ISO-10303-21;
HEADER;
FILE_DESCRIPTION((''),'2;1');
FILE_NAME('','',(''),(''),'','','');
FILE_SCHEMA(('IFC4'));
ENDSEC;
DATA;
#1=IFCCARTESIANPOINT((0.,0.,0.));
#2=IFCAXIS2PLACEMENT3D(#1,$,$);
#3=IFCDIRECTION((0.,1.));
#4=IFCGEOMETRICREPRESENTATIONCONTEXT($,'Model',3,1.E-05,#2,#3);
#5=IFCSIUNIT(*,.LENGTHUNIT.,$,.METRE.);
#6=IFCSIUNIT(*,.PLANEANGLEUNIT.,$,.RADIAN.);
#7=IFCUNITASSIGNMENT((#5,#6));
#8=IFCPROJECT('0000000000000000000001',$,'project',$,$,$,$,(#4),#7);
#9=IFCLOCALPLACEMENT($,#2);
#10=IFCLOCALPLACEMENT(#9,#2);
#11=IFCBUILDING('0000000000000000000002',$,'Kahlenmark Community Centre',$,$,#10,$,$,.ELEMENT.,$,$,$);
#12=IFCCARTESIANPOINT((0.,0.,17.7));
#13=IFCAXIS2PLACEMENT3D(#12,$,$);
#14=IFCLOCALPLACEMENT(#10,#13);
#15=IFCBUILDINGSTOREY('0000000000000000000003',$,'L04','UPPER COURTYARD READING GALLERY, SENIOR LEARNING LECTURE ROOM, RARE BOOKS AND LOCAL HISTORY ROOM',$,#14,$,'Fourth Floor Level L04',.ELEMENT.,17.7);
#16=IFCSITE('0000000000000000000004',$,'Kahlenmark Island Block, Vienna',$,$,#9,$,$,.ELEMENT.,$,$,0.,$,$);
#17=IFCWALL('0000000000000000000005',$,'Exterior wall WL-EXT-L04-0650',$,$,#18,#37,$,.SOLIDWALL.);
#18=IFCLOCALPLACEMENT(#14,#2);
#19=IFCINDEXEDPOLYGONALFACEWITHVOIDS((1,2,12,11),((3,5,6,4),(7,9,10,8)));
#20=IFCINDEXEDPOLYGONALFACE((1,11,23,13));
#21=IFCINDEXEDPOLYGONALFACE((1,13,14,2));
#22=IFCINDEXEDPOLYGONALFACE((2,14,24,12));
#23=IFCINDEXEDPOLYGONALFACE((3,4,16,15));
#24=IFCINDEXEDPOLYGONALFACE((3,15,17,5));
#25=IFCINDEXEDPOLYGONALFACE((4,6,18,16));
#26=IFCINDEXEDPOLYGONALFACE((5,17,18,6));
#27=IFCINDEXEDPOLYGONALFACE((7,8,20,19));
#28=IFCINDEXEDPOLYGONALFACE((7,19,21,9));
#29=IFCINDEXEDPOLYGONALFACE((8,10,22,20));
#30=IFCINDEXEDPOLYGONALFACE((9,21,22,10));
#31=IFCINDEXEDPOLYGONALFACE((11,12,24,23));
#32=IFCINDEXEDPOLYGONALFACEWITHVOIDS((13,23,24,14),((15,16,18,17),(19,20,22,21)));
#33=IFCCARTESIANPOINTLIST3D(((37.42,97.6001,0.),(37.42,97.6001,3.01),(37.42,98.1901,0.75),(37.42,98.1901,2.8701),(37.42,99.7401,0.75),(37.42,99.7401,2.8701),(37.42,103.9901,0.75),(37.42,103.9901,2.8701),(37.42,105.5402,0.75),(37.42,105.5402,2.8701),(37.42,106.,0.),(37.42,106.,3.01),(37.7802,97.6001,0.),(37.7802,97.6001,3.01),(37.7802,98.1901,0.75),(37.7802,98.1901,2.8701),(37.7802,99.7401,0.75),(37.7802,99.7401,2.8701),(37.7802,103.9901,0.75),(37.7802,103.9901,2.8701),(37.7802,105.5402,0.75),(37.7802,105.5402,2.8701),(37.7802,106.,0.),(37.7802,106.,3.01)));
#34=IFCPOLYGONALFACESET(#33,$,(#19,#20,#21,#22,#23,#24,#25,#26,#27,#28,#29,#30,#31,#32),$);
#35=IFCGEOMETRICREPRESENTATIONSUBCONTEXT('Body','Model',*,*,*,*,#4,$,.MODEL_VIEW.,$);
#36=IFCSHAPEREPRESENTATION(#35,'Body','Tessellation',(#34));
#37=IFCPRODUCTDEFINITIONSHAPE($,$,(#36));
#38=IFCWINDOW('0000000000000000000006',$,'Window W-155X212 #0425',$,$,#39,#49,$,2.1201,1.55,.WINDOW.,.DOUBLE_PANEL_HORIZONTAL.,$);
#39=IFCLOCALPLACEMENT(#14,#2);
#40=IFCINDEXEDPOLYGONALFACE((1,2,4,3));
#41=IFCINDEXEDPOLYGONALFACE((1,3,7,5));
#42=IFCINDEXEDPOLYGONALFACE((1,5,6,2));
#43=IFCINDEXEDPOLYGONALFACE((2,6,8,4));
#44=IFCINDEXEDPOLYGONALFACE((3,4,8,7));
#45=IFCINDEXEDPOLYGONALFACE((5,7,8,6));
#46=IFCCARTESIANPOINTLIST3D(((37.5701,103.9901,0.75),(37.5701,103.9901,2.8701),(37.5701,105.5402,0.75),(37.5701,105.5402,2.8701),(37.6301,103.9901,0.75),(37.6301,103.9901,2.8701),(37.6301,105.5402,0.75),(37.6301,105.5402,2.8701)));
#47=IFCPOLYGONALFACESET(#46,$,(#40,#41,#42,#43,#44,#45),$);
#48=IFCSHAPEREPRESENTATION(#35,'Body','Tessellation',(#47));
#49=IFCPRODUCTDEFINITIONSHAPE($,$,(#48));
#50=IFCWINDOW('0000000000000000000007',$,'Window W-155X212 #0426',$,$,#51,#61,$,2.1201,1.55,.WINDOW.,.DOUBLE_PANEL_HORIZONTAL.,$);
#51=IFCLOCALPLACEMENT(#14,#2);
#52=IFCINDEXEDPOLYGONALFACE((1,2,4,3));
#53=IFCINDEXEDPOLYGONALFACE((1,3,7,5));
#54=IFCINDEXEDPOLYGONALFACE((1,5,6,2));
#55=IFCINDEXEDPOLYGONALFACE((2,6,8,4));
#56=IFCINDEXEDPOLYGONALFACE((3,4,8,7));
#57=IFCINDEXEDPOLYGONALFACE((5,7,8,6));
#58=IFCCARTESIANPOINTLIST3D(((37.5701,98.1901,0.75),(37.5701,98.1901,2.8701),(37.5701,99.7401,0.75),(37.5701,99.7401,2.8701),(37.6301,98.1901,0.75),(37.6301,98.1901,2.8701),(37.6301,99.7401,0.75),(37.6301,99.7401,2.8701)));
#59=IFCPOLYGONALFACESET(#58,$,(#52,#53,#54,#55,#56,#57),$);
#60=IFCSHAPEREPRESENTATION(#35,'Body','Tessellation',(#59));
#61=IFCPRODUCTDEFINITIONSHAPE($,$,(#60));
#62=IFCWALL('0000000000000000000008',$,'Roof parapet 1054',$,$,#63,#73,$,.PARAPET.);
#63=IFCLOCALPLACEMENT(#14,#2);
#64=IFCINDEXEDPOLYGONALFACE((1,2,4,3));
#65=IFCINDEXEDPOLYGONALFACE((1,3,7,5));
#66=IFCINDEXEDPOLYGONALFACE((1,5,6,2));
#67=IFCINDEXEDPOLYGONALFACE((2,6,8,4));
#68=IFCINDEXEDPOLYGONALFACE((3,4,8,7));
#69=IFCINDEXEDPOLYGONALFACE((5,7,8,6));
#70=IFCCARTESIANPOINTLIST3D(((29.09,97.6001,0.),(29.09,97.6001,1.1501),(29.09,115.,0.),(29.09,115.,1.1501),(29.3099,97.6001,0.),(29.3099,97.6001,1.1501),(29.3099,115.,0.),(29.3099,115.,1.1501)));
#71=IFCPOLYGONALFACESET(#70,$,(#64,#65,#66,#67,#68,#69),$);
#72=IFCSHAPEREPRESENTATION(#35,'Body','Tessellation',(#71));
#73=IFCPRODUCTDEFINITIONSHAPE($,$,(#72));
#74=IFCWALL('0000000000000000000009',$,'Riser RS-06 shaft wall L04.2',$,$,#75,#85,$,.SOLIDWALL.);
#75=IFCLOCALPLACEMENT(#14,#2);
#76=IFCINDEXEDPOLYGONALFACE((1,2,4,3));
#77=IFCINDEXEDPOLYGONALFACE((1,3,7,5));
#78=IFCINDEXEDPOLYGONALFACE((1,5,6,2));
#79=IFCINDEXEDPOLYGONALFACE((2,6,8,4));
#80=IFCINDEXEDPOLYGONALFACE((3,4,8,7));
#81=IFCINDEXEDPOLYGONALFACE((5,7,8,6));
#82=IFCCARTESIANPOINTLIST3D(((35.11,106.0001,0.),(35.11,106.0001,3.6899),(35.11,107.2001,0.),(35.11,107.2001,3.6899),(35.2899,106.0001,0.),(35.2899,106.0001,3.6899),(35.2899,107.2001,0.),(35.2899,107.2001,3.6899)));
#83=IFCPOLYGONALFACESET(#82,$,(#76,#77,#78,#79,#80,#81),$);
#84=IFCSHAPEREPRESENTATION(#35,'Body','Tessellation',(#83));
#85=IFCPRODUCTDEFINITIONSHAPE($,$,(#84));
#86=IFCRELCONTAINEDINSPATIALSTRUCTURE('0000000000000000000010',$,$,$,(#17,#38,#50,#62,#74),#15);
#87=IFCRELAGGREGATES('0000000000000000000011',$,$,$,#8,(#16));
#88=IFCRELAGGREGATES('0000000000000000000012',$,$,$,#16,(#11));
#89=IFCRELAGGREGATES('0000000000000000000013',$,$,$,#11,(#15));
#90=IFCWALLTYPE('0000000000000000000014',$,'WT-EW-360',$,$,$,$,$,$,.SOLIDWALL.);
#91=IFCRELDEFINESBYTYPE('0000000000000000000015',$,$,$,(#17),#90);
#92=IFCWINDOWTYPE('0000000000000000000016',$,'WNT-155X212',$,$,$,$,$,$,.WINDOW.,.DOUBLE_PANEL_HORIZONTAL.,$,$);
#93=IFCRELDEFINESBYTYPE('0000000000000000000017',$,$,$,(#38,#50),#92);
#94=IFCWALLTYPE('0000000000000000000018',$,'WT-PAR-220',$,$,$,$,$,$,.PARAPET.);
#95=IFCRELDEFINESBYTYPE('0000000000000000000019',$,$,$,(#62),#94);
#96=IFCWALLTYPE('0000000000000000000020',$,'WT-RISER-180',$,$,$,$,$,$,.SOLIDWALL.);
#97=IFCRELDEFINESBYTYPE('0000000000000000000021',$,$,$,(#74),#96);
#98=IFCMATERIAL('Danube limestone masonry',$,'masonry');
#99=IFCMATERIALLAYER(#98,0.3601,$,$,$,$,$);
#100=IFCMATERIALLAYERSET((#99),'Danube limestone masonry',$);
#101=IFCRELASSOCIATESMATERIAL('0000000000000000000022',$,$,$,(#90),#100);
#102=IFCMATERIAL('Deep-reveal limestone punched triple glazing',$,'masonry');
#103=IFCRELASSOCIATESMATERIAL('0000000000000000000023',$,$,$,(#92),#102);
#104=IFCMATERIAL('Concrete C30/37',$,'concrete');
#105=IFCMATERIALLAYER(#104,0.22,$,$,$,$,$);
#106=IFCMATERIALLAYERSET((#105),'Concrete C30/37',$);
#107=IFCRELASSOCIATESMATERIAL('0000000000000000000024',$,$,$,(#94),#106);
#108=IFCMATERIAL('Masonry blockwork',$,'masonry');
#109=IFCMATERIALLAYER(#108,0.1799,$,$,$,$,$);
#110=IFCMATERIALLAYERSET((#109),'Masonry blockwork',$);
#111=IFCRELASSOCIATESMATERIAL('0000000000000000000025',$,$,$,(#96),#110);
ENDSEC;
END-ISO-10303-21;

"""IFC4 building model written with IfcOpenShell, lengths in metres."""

from ifc_helpers import new_model, si_unit, direction, frame, frame_2d, origin, place, context, subcontext, project, spatial, rectangle, extrude, material, layer, layer_set, type_object, element, fill, save


model = new_model("IFC4")

# Units and contexts
model_context = context("Model", 3, precision=1e-05, world=origin(), true_north=direction((0.0, 1.0)))
body_context = subcontext(model_context, "Body", "Model", "MODEL_VIEW")
ifc_project = project(units=[si_unit("LENGTHUNIT", "METRE"), si_unit("PLANEANGLEUNIT", "RADIAN")], contexts=[model_context])

# Site, building, storey
site_placement = place(None, origin())
site = spatial("IfcSite", under=ifc_project, at=site_placement, Name="Kahlenmark Island Block, Vienna", CompositionType="ELEMENT", RefElevation=0.0)
building_placement = place(site_placement, origin())
building = spatial("IfcBuilding", under=site, at=building_placement, Name="Kahlenmark Community Centre", CompositionType="ELEMENT")
storey_placement = place(building_placement, frame((0.0, 0.0, 17.7)))
storey = spatial("IfcBuildingStorey", under=building, at=storey_placement, Name="L04", Description="UPPER COURTYARD READING GALLERY, SENIOR LEARNING LECTURE ROOM, RARE BOOKS AND LOCAL HISTORY ROOM", LongName="Fourth Floor Level L04", CompositionType="ELEMENT", Elevation=17.7)

# Wall, openings, windows
ifc_material_1 = material(Name="Danube limestone masonry", Category="masonry")
ifc_layer_1 = layer(ifc_material_1, 0.3601)
ifc_layer_set_1 = layer_set([ifc_layer_1], Name="Danube limestone masonry")
wall_type_1 = type_object("IfcWallType", Name="WT-EW-360", PredefinedType="SOLIDWALL", material=ifc_layer_set_1)
wall_1_placement = place(storey_placement, frame((37.6001, 106.0, 0.0), z_axis=(0.0, 0.0, 1.0), x_axis=(0.0, -1.0, 0.0)))
wall_1 = element("IfcWall", 1, at=wall_1_placement, inside=storey, type_object=wall_type_1, Name="Exterior wall WL-EXT-L04-0650", PredefinedType="SOLIDWALL", context=body_context, shape_type="SweptSolid", body=[
    extrude(rectangle(XDim=8.3999, YDim=0.3601, at=frame_2d((4.2, 0.0))), origin(), (0.0, 0.0, 1.0), 3.01),
])
opening_1_placement = place(wall_1_placement, frame((0.46, 0.0, 0.75)))
opening_1 = element("IfcOpeningElement", 2, at=opening_1_placement, cuts=wall_1, PredefinedType="OPENING", context=body_context, shape_type="SweptSolid", body=[
    extrude(rectangle(XDim=1.55, YDim=2.1201, at=frame_2d((0.7749, 1.0601))), frame((0.0, 0.1899, 0.0), z_axis=(0.0, -1.0, 0.0), x_axis=(1.0, 0.0, 0.0)), (0.0, 0.0, 1.0), 0.3801),
])
opening_2_placement = place(wall_1_placement, frame((6.26, 0.0, 0.75)))
opening_2 = element("IfcOpeningElement", 3, at=opening_2_placement, cuts=wall_1, PredefinedType="OPENING", context=body_context, shape_type="SweptSolid", body=[
    extrude(rectangle(XDim=1.55, YDim=2.1201, at=frame_2d((0.7749, 1.0601))), frame((0.0, 0.1899, 0.0), z_axis=(0.0, -1.0, 0.0), x_axis=(1.0, 0.0, 0.0)), (0.0, 0.0, 1.0), 0.3801),
])
ifc_material_2 = material(Name="Deep-reveal limestone punched triple glazing", Category="masonry")
window_type = type_object("IfcWindowType", Name="WNT-155X212", PartitioningType="DOUBLE_PANEL_HORIZONTAL", PredefinedType="WINDOW", material=ifc_material_2)
window_1_placement = place(opening_1_placement, origin())
window_1 = element("IfcWindow", 4, at=window_1_placement, inside=storey, type_object=window_type, Name="Window W-155X212 #0425", OverallHeight=2.1201, OverallWidth=1.55, PartitioningType="DOUBLE_PANEL_HORIZONTAL", PredefinedType="WINDOW", context=body_context, shape_type="SweptSolid", body=[
    extrude(rectangle(XDim=1.55, YDim=2.1201, at=frame_2d((0.7749, 1.0601))), frame((0.0, 0.03, 0.0), z_axis=(0.0, -1.0, 0.0), x_axis=(1.0, 0.0, 0.0)), (0.0, 0.0, 1.0), 0.0601),
])
fill(opening_1, window_1)
window_2_placement = place(opening_2_placement, origin())
window_2 = element("IfcWindow", 5, at=window_2_placement, inside=storey, type_object=window_type, Name="Window W-155X212 #0426", OverallHeight=2.1201, OverallWidth=1.55, PartitioningType="DOUBLE_PANEL_HORIZONTAL", PredefinedType="WINDOW", context=body_context, shape_type="SweptSolid", body=[
    extrude(rectangle(XDim=1.55, YDim=2.1201, at=frame_2d((0.7749, 1.0601))), frame((0.0, 0.03, 0.0), z_axis=(0.0, -1.0, 0.0), x_axis=(1.0, 0.0, 0.0)), (0.0, 0.0, 1.0), 0.0601),
])
fill(opening_2, window_2)

# Wall
ifc_material_3 = material(Name="Concrete C30/37", Category="concrete")
ifc_layer_2 = layer(ifc_material_3, 0.22)
ifc_layer_set_2 = layer_set([ifc_layer_2], Name="Concrete C30/37")
wall_type_2 = type_object("IfcWallType", Name="WT-PAR-220", PredefinedType="PARAPET", material=ifc_layer_set_2)
wall_2_placement = place(storey_placement, frame((29.2, 97.6001, 0.0), z_axis=(0.0, 0.0, 1.0), x_axis=(0.0, 1.0, 0.0)))
element("IfcWall", 6, at=wall_2_placement, inside=storey, type_object=wall_type_2, Name="Roof parapet 1054", PredefinedType="PARAPET", context=body_context, shape_type="SweptSolid", body=[
    extrude(rectangle(XDim=17.3999, YDim=0.22, at=frame_2d((8.7, 0.0))), origin(), (0.0, 0.0, 1.0), 1.1501),
])

# Shared definitions
ifc_material_4 = material(Name="Masonry blockwork", Category="masonry")
ifc_layer_3 = layer(ifc_material_4, 0.1799)
ifc_layer_set_3 = layer_set([ifc_layer_3], Name="Masonry blockwork")
wall_type_3 = type_object("IfcWallType", Name="WT-RISER-180", PredefinedType="SOLIDWALL", material=ifc_layer_set_3)

# Wall
wall_3_placement = place(storey_placement, frame((35.2, 106.0, 0.0), z_axis=(0.0, 0.0, 1.0), x_axis=(0.0, 1.0, 0.0)))
element("IfcWall", 7, at=wall_3_placement, inside=storey, type_object=wall_type_3, Name="Riser RS-06 shaft wall L04.2", PredefinedType="SOLIDWALL", context=body_context, shape_type="SweptSolid", body=[
    extrude(rectangle(XDim=1.2, YDim=0.1799, at=frame_2d((0.6001, 0.0))), origin(), (0.0, 0.0, 1.0), 3.6899),
])

save(model, "model.ifc")
